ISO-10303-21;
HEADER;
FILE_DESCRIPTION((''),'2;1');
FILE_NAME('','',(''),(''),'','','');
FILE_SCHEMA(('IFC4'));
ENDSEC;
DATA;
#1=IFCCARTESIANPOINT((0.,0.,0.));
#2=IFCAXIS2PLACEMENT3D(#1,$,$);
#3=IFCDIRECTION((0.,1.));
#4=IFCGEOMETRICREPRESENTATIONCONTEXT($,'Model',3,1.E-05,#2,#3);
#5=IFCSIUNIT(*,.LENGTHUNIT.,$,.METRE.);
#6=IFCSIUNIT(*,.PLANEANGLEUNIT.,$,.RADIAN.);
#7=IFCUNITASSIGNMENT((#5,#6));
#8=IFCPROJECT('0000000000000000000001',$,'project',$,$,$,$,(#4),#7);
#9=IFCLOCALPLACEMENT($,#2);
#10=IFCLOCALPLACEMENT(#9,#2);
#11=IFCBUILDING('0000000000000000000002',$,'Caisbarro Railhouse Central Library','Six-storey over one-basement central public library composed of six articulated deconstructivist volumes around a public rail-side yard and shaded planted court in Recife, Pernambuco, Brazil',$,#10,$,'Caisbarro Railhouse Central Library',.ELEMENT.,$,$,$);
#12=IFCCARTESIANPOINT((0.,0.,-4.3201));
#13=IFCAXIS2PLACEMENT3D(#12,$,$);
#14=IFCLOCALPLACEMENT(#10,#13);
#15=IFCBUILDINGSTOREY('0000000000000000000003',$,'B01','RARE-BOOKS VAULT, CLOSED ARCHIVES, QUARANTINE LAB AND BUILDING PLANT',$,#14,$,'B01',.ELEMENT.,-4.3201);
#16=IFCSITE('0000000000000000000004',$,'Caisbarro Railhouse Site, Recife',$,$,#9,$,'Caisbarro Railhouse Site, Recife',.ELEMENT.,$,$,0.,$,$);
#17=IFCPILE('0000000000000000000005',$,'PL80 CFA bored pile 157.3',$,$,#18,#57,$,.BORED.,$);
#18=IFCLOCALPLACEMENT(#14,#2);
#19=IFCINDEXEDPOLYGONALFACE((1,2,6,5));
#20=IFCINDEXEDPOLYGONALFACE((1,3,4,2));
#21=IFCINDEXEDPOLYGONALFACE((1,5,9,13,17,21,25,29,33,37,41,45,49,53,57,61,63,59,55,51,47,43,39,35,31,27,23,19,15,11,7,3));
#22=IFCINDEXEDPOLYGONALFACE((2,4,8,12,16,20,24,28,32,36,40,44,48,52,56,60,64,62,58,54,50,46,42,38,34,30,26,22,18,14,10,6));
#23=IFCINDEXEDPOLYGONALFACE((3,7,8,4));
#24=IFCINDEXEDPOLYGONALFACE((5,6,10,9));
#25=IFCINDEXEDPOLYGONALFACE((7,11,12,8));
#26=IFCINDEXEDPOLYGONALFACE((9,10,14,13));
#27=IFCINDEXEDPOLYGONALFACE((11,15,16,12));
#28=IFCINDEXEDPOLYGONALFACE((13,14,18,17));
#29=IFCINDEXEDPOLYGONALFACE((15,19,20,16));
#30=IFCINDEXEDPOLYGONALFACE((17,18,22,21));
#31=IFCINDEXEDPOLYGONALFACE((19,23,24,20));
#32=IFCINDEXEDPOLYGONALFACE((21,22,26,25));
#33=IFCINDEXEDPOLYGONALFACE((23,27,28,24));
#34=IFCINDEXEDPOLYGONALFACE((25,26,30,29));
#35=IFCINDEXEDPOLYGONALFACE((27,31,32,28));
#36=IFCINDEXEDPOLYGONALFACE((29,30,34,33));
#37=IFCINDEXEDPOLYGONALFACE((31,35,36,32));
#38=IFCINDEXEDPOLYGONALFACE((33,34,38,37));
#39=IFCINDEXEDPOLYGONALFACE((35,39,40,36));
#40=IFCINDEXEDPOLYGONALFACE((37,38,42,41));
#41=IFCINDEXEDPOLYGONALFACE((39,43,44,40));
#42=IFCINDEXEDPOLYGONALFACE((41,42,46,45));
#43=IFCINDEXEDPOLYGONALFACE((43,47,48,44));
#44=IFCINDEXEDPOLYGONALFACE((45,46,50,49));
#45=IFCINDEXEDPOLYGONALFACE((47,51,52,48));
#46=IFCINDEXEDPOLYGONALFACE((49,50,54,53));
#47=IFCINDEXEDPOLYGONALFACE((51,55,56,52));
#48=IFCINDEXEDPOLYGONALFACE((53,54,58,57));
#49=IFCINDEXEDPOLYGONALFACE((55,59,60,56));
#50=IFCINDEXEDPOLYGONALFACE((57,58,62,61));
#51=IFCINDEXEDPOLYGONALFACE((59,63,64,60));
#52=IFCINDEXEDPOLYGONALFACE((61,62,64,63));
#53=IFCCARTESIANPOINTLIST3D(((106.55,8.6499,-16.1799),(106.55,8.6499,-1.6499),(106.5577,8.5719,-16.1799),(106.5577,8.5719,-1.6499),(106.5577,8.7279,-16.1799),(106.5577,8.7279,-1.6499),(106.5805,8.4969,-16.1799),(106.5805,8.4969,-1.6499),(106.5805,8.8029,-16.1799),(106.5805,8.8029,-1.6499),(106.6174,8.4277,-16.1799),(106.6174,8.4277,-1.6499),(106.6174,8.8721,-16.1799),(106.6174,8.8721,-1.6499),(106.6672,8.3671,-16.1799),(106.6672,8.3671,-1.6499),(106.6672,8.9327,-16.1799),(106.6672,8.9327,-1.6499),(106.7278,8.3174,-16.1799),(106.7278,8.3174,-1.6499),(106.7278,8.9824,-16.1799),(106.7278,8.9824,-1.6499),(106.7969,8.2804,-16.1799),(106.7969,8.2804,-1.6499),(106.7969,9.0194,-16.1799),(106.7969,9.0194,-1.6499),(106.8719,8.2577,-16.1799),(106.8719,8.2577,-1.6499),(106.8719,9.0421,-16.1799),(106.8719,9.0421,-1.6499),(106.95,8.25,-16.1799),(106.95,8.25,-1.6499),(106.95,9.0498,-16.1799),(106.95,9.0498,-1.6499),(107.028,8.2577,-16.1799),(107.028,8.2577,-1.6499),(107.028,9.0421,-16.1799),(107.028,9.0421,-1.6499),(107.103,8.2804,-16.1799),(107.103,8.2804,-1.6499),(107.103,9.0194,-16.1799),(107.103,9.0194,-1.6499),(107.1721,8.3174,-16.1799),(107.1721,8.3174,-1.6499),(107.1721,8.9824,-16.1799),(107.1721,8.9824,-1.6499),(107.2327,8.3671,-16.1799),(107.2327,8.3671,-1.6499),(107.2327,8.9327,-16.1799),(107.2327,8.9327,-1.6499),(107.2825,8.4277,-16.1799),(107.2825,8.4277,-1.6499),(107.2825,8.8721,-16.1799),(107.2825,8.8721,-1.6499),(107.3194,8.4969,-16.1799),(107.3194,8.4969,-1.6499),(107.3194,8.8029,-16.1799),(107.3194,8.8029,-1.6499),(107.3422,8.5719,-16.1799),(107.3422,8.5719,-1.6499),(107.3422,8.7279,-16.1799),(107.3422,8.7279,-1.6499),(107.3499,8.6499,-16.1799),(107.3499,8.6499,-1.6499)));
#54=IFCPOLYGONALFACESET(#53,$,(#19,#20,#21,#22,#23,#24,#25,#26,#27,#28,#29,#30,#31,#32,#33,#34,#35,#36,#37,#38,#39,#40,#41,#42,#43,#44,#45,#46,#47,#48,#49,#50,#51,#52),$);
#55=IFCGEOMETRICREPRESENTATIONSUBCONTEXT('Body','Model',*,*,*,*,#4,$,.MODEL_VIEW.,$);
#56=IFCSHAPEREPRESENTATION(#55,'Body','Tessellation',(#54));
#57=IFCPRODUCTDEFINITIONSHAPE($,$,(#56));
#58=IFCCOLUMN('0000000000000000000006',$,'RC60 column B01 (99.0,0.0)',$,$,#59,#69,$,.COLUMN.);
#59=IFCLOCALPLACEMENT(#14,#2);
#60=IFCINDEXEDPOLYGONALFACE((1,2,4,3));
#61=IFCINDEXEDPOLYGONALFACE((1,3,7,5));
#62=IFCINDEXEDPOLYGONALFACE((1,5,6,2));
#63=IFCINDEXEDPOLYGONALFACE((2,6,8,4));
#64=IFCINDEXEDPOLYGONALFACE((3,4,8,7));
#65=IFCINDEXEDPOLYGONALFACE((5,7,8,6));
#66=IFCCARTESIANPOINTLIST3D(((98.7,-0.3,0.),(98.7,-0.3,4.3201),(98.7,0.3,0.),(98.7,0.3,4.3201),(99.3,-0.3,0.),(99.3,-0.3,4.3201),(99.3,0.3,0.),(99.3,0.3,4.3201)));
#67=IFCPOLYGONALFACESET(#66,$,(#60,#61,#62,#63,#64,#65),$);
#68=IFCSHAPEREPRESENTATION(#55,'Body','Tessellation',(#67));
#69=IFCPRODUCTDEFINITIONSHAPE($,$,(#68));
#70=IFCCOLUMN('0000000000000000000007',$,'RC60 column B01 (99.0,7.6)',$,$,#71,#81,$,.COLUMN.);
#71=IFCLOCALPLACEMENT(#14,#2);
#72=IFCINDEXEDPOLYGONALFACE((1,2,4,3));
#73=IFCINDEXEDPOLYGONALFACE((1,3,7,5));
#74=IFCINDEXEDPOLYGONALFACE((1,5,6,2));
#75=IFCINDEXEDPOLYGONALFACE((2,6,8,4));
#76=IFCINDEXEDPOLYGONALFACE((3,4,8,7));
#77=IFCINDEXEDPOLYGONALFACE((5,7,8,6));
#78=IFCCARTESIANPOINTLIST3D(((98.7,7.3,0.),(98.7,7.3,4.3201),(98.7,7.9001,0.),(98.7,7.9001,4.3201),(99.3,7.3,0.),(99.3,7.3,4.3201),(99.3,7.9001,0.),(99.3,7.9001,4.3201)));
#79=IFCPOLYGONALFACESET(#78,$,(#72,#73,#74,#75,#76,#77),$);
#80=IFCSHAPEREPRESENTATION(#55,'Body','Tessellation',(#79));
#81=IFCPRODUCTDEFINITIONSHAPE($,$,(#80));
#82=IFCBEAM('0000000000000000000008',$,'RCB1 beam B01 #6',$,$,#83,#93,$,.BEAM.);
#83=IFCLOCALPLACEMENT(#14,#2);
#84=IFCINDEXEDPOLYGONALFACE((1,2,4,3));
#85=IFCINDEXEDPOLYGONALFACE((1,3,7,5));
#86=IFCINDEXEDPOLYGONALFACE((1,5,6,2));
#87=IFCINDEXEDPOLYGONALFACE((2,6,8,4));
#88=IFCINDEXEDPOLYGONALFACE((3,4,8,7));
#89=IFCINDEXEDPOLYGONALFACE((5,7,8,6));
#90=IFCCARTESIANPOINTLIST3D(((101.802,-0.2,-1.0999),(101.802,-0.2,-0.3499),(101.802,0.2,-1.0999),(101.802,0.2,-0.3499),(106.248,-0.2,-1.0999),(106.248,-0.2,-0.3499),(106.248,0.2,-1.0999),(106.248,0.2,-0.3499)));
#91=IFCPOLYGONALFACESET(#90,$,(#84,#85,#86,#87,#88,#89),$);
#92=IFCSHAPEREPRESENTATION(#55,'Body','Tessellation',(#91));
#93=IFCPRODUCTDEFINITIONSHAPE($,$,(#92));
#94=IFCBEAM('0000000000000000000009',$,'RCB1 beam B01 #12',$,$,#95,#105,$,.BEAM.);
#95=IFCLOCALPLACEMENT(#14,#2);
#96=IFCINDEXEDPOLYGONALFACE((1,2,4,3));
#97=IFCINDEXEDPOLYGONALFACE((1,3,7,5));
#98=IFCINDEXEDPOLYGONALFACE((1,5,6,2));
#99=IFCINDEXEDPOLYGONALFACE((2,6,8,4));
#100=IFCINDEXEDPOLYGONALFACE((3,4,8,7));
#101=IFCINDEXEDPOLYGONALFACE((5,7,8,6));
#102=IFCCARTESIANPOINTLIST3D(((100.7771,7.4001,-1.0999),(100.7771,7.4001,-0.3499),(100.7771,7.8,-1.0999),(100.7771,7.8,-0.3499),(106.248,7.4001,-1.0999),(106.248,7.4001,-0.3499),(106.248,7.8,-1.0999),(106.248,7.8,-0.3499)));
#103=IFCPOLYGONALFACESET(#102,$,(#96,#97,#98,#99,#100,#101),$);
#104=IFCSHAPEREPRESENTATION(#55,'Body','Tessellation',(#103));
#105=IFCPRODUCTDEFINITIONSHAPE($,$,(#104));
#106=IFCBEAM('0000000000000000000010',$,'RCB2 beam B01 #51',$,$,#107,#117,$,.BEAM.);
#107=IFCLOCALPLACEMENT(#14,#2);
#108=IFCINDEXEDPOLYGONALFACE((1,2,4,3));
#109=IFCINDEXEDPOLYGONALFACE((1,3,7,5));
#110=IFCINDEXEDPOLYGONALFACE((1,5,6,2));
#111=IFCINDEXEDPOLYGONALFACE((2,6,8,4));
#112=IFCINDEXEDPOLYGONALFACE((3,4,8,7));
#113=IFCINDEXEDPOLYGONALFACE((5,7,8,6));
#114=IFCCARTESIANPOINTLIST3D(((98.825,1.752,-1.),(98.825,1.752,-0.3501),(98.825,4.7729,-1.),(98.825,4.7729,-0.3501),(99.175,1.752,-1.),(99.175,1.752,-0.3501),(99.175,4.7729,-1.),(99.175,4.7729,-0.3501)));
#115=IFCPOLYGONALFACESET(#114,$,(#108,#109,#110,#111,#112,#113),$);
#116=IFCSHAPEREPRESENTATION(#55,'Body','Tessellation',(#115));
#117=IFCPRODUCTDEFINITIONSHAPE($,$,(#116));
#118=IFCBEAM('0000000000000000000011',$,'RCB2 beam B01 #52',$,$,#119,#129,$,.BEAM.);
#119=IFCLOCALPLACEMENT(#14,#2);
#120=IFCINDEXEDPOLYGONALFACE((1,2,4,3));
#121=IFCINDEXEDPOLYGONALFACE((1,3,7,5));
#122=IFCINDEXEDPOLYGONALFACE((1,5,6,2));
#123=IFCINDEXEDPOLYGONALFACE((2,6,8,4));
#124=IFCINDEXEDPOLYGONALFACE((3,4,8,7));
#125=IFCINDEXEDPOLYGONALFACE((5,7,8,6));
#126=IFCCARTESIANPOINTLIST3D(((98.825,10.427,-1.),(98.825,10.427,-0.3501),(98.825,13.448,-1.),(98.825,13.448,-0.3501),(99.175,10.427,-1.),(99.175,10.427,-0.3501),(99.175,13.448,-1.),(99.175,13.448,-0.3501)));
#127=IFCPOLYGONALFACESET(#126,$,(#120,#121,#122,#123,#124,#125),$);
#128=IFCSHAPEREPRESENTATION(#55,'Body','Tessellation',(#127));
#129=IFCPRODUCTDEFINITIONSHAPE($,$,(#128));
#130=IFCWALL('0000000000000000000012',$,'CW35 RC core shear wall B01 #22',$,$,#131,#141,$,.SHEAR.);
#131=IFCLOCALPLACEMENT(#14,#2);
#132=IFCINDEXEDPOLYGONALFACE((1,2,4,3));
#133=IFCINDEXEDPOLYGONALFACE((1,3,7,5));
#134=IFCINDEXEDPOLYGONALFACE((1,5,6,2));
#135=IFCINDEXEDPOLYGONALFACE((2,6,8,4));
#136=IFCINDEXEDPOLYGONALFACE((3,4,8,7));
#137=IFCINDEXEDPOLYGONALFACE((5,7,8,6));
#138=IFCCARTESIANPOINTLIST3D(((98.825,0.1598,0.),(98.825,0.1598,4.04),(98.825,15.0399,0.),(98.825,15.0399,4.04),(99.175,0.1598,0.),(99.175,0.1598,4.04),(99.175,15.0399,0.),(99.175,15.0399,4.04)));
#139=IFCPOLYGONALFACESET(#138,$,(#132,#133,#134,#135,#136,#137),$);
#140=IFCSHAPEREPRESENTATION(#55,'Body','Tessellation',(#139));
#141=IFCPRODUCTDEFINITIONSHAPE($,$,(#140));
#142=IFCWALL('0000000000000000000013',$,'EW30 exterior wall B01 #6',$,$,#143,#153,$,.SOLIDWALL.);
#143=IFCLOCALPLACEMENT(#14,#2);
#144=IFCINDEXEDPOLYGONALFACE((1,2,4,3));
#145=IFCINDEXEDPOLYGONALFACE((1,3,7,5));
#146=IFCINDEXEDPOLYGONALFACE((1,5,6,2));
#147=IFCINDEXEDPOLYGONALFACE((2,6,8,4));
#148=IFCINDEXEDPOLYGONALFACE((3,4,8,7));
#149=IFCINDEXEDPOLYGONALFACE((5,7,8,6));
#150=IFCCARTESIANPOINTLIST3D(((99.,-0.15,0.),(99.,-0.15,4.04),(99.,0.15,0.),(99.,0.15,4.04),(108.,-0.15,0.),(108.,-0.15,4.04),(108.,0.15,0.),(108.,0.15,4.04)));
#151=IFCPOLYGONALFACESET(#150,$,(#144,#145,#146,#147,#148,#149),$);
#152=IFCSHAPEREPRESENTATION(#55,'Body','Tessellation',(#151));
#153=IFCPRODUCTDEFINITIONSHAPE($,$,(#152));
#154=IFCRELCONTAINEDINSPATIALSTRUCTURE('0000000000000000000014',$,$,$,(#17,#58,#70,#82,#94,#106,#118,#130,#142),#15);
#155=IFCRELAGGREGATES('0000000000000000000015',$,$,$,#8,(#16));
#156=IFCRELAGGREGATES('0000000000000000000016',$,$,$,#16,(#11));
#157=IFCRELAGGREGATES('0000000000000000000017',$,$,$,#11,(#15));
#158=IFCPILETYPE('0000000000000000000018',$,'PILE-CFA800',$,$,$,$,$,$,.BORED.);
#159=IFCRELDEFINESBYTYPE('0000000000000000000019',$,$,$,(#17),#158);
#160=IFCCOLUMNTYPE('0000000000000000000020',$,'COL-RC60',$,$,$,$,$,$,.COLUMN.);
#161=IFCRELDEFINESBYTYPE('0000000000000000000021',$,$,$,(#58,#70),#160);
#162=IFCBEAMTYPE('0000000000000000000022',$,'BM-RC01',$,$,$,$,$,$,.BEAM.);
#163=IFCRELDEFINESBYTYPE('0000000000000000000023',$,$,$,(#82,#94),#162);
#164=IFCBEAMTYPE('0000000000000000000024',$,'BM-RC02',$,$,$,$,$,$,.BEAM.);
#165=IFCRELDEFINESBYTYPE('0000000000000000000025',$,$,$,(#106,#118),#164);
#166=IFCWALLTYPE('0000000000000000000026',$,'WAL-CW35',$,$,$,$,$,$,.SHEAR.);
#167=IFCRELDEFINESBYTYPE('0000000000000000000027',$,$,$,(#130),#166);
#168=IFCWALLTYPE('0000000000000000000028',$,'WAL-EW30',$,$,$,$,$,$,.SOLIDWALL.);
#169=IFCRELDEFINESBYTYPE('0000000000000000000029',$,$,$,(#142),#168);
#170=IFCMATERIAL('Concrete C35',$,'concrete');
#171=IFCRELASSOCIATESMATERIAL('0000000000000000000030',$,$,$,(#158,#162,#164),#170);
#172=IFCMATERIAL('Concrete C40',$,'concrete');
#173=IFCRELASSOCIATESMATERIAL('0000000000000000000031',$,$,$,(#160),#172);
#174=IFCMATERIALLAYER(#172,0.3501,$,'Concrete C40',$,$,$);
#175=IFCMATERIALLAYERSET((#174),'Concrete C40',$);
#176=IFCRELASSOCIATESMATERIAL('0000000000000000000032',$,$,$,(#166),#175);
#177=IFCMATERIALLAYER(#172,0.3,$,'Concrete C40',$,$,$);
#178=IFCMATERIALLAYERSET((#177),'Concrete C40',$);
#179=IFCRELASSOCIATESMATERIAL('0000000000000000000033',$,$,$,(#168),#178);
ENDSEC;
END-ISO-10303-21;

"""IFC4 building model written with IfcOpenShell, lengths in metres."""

from ifc_helpers import new_model, si_unit, direction, frame, frame_2d, origin, origin_2d, place, context, subcontext, project, spatial, rectangle, circle, extrude, material, layer, layer_set, material_profile, profile_set, type_object, element, save


model = new_model("IFC4")

# Units and contexts
model_context = context("Model", 3, precision=1e-05, world=origin(), true_north=direction((0.0, 1.0)))
body_context = subcontext(model_context, "Body", "Model", "MODEL_VIEW")
ifc_project = project(units=[si_unit("LENGTHUNIT", "METRE"), si_unit("PLANEANGLEUNIT", "RADIAN")], contexts=[model_context])

# Site, building, storey
site_placement = place(None, origin())
site = spatial("IfcSite", under=ifc_project, at=site_placement, Name="Caisbarro Railhouse Site, Recife", LongName="Caisbarro Railhouse Site, Recife", CompositionType="ELEMENT", RefElevation=0.0)
building_placement = place(site_placement, origin())
building = spatial("IfcBuilding", under=site, at=building_placement, Name="Caisbarro Railhouse Central Library", Description="Six-storey over one-basement central public library composed of six articulated deconstructivist volumes around a public rail-side yard and shaded planted court in Recife, Pernambuco, Brazil", LongName="Caisbarro Railhouse Central Library", CompositionType="ELEMENT")
storey_placement = place(building_placement, frame((0.0, 0.0, -4.3201)))
storey = spatial("IfcBuildingStorey", under=building, at=storey_placement, Name="B01", Description="RARE-BOOKS VAULT, CLOSED ARCHIVES, QUARANTINE LAB AND BUILDING PLANT", LongName="B01", CompositionType="ELEMENT", Elevation=-4.3201)

# Shared definitions
ifc_material_1 = material(Name="Concrete C40", Category="concrete")

# Pile
ifc_material_2 = material(Name="Concrete C35", Category="concrete")
ifc_material_profile_1 = material_profile(ifc_material_2, circle(Radius=0.3999, at=origin_2d()), Name="PILE-CFA-800")
ifc_profile_set_1 = profile_set([ifc_material_profile_1], Name="Concrete C35")
pile_type = type_object("IfcPileType", Name="PILE-CFA800", PredefinedType="BORED", material=ifc_profile_set_1)
for number, where, z_axis, x_axis, name in (
    (1, (106.95, 8.6499, -1.6499), (0.0, 0.0, -1.0), (1.0, 0.0, 0.0), "PL80 CFA bored pile 157.3"),
):
    element("IfcPile", number, at=place(storey_placement, frame(where, z_axis=z_axis, x_axis=x_axis)), inside=storey, type_object=pile_type, Name=name, PredefinedType="BORED", context=body_context, shape_type="SweptSolid", body=[
        extrude(circle(Radius=0.3999, at=origin_2d()), origin(), (0.0, 0.0, 1.0), 14.53),
    ])

# Columns
ifc_material_profile_2 = material_profile(ifc_material_1, rectangle(XDim=0.6001, YDim=0.6001, at=origin_2d()), Name="RC-COL-600X600")
ifc_profile_set_2 = profile_set([ifc_material_profile_2], Name="Concrete C40")
column_type = type_object("IfcColumnType", Name="COL-RC60", PredefinedType="COLUMN", material=ifc_profile_set_2)
for number, where, z_axis, x_axis, name in (
    (2, (99.0, 0.0, 0.0), (0.0, 0.0, 1.0), (1.0, 0.0, 0.0), "RC60 column B01 (99.0,0.0)"),
    (3, (99.0, 7.6001, 0.0), (0.0, 0.0, 1.0), (1.0, 0.0, 0.0), "RC60 column B01 (99.0,7.6)"),
):
    element("IfcColumn", number, at=place(storey_placement, frame(where, z_axis=z_axis, x_axis=x_axis)), inside=storey, type_object=column_type, Name=name, PredefinedType="COLUMN", context=body_context, shape_type="SweptSolid", body=[
        extrude(rectangle(XDim=0.6001, YDim=0.6001, at=origin_2d()), origin(), (0.0, 0.0, 1.0), 4.3201),
    ])

# Beams
ifc_material_profile_3 = material_profile(ifc_material_2, rectangle(XDim=0.3999, YDim=0.75, at=origin_2d()), Name="RC-BM-400X750")
ifc_profile_set_3 = profile_set([ifc_material_profile_3], Name="Concrete C35")
beam_type_1 = type_object("IfcBeamType", Name="BM-RC01", PredefinedType="BEAM", material=ifc_profile_set_3)
beam_1_placement = place(storey_placement, frame((101.802, 0.0, -0.7249), z_axis=(1.0, 0.0, 0.0), x_axis=(0.0, 1.0, 0.0)))
element("IfcBeam", 4, at=beam_1_placement, inside=storey, type_object=beam_type_1, Name="RCB1 beam B01 #6", PredefinedType="BEAM", context=body_context, shape_type="SweptSolid", body=[
    extrude(rectangle(XDim=0.3999, YDim=0.75, at=origin_2d()), origin(), (0.0, 0.0, 1.0), 4.446),
])
beam_2_placement = place(storey_placement, frame((100.7771, 7.6001, -0.7249), z_axis=(1.0, 0.0, 0.0), x_axis=(0.0, 1.0, 0.0)))
element("IfcBeam", 5, at=beam_2_placement, inside=storey, type_object=beam_type_1, Name="RCB1 beam B01 #12", PredefinedType="BEAM", context=body_context, shape_type="SweptSolid", body=[
    extrude(rectangle(XDim=0.3999, YDim=0.75, at=origin_2d()), origin(), (0.0, 0.0, 1.0), 5.4709),
])
ifc_material_profile_4 = material_profile(ifc_material_2, rectangle(XDim=0.3501, YDim=0.6499, at=origin_2d()), Name="RC-BM-350X650")
ifc_profile_set_4 = profile_set([ifc_material_profile_4], Name="Concrete C35")
beam_type_2 = type_object("IfcBeamType", Name="BM-RC02", PredefinedType="BEAM", material=ifc_profile_set_4)
for number, where, z_axis, x_axis, name in (
    (6, (99.0, 1.752, -0.675), (0.0, 1.0, 0.0), (-1.0, 0.0, 0.0), "RCB2 beam B01 #51"),
    (7, (99.0, 10.427, -0.675), (0.0, 1.0, 0.0), (-1.0, 0.0, 0.0), "RCB2 beam B01 #52"),
):
    element("IfcBeam", number, at=place(storey_placement, frame(where, z_axis=z_axis, x_axis=x_axis)), inside=storey, type_object=beam_type_2, Name=name, PredefinedType="BEAM", context=body_context, shape_type="SweptSolid", body=[
        extrude(rectangle(XDim=0.3501, YDim=0.6499, at=origin_2d()), origin(), (0.0, 0.0, 1.0), 3.021),
    ])

# Walls
ifc_layer_1 = layer(ifc_material_1, 0.3501, Name="Concrete C40")
ifc_layer_set_1 = layer_set([ifc_layer_1], Name="Concrete C40")
wall_type_1 = type_object("IfcWallType", Name="WAL-CW35", PredefinedType="SHEAR", material=ifc_layer_set_1)
wall_1_placement = place(storey_placement, frame((99.0, 0.1599, 0.0), z_axis=(0.0, 0.0, 1.0), x_axis=(0.0, 1.0, 0.0)))
element("IfcWall", 8, at=wall_1_placement, inside=storey, type_object=wall_type_1, Name="CW35 RC core shear wall B01 #22", PredefinedType="SHEAR", context=body_context, shape_type="SweptSolid", body=[
    extrude(rectangle(XDim=14.8801, YDim=0.3501, at=frame_2d((7.4399, 0.0))), origin(), (0.0, 0.0, 1.0), 4.04),
])
ifc_layer_2 = layer(ifc_material_1, 0.3, Name="Concrete C40")
ifc_layer_set_2 = layer_set([ifc_layer_2], Name="Concrete C40")
wall_type_2 = type_object("IfcWallType", Name="WAL-EW30", PredefinedType="SOLIDWALL", material=ifc_layer_set_2)
wall_2_placement = place(storey_placement, frame((99.0, 0.0, 0.0), z_axis=(0.0, 0.0, 1.0), x_axis=(1.0, 0.0, 0.0)))
element("IfcWall", 9, at=wall_2_placement, inside=storey, type_object=wall_type_2, Name="EW30 exterior wall B01 #6", PredefinedType="SOLIDWALL", context=body_context, shape_type="SweptSolid", body=[
    extrude(rectangle(XDim=9.0, YDim=0.3, at=frame_2d((4.5, 0.0))), origin(), (0.0, 0.0, 1.0), 4.04),
])

save(model, "model.ifc")
